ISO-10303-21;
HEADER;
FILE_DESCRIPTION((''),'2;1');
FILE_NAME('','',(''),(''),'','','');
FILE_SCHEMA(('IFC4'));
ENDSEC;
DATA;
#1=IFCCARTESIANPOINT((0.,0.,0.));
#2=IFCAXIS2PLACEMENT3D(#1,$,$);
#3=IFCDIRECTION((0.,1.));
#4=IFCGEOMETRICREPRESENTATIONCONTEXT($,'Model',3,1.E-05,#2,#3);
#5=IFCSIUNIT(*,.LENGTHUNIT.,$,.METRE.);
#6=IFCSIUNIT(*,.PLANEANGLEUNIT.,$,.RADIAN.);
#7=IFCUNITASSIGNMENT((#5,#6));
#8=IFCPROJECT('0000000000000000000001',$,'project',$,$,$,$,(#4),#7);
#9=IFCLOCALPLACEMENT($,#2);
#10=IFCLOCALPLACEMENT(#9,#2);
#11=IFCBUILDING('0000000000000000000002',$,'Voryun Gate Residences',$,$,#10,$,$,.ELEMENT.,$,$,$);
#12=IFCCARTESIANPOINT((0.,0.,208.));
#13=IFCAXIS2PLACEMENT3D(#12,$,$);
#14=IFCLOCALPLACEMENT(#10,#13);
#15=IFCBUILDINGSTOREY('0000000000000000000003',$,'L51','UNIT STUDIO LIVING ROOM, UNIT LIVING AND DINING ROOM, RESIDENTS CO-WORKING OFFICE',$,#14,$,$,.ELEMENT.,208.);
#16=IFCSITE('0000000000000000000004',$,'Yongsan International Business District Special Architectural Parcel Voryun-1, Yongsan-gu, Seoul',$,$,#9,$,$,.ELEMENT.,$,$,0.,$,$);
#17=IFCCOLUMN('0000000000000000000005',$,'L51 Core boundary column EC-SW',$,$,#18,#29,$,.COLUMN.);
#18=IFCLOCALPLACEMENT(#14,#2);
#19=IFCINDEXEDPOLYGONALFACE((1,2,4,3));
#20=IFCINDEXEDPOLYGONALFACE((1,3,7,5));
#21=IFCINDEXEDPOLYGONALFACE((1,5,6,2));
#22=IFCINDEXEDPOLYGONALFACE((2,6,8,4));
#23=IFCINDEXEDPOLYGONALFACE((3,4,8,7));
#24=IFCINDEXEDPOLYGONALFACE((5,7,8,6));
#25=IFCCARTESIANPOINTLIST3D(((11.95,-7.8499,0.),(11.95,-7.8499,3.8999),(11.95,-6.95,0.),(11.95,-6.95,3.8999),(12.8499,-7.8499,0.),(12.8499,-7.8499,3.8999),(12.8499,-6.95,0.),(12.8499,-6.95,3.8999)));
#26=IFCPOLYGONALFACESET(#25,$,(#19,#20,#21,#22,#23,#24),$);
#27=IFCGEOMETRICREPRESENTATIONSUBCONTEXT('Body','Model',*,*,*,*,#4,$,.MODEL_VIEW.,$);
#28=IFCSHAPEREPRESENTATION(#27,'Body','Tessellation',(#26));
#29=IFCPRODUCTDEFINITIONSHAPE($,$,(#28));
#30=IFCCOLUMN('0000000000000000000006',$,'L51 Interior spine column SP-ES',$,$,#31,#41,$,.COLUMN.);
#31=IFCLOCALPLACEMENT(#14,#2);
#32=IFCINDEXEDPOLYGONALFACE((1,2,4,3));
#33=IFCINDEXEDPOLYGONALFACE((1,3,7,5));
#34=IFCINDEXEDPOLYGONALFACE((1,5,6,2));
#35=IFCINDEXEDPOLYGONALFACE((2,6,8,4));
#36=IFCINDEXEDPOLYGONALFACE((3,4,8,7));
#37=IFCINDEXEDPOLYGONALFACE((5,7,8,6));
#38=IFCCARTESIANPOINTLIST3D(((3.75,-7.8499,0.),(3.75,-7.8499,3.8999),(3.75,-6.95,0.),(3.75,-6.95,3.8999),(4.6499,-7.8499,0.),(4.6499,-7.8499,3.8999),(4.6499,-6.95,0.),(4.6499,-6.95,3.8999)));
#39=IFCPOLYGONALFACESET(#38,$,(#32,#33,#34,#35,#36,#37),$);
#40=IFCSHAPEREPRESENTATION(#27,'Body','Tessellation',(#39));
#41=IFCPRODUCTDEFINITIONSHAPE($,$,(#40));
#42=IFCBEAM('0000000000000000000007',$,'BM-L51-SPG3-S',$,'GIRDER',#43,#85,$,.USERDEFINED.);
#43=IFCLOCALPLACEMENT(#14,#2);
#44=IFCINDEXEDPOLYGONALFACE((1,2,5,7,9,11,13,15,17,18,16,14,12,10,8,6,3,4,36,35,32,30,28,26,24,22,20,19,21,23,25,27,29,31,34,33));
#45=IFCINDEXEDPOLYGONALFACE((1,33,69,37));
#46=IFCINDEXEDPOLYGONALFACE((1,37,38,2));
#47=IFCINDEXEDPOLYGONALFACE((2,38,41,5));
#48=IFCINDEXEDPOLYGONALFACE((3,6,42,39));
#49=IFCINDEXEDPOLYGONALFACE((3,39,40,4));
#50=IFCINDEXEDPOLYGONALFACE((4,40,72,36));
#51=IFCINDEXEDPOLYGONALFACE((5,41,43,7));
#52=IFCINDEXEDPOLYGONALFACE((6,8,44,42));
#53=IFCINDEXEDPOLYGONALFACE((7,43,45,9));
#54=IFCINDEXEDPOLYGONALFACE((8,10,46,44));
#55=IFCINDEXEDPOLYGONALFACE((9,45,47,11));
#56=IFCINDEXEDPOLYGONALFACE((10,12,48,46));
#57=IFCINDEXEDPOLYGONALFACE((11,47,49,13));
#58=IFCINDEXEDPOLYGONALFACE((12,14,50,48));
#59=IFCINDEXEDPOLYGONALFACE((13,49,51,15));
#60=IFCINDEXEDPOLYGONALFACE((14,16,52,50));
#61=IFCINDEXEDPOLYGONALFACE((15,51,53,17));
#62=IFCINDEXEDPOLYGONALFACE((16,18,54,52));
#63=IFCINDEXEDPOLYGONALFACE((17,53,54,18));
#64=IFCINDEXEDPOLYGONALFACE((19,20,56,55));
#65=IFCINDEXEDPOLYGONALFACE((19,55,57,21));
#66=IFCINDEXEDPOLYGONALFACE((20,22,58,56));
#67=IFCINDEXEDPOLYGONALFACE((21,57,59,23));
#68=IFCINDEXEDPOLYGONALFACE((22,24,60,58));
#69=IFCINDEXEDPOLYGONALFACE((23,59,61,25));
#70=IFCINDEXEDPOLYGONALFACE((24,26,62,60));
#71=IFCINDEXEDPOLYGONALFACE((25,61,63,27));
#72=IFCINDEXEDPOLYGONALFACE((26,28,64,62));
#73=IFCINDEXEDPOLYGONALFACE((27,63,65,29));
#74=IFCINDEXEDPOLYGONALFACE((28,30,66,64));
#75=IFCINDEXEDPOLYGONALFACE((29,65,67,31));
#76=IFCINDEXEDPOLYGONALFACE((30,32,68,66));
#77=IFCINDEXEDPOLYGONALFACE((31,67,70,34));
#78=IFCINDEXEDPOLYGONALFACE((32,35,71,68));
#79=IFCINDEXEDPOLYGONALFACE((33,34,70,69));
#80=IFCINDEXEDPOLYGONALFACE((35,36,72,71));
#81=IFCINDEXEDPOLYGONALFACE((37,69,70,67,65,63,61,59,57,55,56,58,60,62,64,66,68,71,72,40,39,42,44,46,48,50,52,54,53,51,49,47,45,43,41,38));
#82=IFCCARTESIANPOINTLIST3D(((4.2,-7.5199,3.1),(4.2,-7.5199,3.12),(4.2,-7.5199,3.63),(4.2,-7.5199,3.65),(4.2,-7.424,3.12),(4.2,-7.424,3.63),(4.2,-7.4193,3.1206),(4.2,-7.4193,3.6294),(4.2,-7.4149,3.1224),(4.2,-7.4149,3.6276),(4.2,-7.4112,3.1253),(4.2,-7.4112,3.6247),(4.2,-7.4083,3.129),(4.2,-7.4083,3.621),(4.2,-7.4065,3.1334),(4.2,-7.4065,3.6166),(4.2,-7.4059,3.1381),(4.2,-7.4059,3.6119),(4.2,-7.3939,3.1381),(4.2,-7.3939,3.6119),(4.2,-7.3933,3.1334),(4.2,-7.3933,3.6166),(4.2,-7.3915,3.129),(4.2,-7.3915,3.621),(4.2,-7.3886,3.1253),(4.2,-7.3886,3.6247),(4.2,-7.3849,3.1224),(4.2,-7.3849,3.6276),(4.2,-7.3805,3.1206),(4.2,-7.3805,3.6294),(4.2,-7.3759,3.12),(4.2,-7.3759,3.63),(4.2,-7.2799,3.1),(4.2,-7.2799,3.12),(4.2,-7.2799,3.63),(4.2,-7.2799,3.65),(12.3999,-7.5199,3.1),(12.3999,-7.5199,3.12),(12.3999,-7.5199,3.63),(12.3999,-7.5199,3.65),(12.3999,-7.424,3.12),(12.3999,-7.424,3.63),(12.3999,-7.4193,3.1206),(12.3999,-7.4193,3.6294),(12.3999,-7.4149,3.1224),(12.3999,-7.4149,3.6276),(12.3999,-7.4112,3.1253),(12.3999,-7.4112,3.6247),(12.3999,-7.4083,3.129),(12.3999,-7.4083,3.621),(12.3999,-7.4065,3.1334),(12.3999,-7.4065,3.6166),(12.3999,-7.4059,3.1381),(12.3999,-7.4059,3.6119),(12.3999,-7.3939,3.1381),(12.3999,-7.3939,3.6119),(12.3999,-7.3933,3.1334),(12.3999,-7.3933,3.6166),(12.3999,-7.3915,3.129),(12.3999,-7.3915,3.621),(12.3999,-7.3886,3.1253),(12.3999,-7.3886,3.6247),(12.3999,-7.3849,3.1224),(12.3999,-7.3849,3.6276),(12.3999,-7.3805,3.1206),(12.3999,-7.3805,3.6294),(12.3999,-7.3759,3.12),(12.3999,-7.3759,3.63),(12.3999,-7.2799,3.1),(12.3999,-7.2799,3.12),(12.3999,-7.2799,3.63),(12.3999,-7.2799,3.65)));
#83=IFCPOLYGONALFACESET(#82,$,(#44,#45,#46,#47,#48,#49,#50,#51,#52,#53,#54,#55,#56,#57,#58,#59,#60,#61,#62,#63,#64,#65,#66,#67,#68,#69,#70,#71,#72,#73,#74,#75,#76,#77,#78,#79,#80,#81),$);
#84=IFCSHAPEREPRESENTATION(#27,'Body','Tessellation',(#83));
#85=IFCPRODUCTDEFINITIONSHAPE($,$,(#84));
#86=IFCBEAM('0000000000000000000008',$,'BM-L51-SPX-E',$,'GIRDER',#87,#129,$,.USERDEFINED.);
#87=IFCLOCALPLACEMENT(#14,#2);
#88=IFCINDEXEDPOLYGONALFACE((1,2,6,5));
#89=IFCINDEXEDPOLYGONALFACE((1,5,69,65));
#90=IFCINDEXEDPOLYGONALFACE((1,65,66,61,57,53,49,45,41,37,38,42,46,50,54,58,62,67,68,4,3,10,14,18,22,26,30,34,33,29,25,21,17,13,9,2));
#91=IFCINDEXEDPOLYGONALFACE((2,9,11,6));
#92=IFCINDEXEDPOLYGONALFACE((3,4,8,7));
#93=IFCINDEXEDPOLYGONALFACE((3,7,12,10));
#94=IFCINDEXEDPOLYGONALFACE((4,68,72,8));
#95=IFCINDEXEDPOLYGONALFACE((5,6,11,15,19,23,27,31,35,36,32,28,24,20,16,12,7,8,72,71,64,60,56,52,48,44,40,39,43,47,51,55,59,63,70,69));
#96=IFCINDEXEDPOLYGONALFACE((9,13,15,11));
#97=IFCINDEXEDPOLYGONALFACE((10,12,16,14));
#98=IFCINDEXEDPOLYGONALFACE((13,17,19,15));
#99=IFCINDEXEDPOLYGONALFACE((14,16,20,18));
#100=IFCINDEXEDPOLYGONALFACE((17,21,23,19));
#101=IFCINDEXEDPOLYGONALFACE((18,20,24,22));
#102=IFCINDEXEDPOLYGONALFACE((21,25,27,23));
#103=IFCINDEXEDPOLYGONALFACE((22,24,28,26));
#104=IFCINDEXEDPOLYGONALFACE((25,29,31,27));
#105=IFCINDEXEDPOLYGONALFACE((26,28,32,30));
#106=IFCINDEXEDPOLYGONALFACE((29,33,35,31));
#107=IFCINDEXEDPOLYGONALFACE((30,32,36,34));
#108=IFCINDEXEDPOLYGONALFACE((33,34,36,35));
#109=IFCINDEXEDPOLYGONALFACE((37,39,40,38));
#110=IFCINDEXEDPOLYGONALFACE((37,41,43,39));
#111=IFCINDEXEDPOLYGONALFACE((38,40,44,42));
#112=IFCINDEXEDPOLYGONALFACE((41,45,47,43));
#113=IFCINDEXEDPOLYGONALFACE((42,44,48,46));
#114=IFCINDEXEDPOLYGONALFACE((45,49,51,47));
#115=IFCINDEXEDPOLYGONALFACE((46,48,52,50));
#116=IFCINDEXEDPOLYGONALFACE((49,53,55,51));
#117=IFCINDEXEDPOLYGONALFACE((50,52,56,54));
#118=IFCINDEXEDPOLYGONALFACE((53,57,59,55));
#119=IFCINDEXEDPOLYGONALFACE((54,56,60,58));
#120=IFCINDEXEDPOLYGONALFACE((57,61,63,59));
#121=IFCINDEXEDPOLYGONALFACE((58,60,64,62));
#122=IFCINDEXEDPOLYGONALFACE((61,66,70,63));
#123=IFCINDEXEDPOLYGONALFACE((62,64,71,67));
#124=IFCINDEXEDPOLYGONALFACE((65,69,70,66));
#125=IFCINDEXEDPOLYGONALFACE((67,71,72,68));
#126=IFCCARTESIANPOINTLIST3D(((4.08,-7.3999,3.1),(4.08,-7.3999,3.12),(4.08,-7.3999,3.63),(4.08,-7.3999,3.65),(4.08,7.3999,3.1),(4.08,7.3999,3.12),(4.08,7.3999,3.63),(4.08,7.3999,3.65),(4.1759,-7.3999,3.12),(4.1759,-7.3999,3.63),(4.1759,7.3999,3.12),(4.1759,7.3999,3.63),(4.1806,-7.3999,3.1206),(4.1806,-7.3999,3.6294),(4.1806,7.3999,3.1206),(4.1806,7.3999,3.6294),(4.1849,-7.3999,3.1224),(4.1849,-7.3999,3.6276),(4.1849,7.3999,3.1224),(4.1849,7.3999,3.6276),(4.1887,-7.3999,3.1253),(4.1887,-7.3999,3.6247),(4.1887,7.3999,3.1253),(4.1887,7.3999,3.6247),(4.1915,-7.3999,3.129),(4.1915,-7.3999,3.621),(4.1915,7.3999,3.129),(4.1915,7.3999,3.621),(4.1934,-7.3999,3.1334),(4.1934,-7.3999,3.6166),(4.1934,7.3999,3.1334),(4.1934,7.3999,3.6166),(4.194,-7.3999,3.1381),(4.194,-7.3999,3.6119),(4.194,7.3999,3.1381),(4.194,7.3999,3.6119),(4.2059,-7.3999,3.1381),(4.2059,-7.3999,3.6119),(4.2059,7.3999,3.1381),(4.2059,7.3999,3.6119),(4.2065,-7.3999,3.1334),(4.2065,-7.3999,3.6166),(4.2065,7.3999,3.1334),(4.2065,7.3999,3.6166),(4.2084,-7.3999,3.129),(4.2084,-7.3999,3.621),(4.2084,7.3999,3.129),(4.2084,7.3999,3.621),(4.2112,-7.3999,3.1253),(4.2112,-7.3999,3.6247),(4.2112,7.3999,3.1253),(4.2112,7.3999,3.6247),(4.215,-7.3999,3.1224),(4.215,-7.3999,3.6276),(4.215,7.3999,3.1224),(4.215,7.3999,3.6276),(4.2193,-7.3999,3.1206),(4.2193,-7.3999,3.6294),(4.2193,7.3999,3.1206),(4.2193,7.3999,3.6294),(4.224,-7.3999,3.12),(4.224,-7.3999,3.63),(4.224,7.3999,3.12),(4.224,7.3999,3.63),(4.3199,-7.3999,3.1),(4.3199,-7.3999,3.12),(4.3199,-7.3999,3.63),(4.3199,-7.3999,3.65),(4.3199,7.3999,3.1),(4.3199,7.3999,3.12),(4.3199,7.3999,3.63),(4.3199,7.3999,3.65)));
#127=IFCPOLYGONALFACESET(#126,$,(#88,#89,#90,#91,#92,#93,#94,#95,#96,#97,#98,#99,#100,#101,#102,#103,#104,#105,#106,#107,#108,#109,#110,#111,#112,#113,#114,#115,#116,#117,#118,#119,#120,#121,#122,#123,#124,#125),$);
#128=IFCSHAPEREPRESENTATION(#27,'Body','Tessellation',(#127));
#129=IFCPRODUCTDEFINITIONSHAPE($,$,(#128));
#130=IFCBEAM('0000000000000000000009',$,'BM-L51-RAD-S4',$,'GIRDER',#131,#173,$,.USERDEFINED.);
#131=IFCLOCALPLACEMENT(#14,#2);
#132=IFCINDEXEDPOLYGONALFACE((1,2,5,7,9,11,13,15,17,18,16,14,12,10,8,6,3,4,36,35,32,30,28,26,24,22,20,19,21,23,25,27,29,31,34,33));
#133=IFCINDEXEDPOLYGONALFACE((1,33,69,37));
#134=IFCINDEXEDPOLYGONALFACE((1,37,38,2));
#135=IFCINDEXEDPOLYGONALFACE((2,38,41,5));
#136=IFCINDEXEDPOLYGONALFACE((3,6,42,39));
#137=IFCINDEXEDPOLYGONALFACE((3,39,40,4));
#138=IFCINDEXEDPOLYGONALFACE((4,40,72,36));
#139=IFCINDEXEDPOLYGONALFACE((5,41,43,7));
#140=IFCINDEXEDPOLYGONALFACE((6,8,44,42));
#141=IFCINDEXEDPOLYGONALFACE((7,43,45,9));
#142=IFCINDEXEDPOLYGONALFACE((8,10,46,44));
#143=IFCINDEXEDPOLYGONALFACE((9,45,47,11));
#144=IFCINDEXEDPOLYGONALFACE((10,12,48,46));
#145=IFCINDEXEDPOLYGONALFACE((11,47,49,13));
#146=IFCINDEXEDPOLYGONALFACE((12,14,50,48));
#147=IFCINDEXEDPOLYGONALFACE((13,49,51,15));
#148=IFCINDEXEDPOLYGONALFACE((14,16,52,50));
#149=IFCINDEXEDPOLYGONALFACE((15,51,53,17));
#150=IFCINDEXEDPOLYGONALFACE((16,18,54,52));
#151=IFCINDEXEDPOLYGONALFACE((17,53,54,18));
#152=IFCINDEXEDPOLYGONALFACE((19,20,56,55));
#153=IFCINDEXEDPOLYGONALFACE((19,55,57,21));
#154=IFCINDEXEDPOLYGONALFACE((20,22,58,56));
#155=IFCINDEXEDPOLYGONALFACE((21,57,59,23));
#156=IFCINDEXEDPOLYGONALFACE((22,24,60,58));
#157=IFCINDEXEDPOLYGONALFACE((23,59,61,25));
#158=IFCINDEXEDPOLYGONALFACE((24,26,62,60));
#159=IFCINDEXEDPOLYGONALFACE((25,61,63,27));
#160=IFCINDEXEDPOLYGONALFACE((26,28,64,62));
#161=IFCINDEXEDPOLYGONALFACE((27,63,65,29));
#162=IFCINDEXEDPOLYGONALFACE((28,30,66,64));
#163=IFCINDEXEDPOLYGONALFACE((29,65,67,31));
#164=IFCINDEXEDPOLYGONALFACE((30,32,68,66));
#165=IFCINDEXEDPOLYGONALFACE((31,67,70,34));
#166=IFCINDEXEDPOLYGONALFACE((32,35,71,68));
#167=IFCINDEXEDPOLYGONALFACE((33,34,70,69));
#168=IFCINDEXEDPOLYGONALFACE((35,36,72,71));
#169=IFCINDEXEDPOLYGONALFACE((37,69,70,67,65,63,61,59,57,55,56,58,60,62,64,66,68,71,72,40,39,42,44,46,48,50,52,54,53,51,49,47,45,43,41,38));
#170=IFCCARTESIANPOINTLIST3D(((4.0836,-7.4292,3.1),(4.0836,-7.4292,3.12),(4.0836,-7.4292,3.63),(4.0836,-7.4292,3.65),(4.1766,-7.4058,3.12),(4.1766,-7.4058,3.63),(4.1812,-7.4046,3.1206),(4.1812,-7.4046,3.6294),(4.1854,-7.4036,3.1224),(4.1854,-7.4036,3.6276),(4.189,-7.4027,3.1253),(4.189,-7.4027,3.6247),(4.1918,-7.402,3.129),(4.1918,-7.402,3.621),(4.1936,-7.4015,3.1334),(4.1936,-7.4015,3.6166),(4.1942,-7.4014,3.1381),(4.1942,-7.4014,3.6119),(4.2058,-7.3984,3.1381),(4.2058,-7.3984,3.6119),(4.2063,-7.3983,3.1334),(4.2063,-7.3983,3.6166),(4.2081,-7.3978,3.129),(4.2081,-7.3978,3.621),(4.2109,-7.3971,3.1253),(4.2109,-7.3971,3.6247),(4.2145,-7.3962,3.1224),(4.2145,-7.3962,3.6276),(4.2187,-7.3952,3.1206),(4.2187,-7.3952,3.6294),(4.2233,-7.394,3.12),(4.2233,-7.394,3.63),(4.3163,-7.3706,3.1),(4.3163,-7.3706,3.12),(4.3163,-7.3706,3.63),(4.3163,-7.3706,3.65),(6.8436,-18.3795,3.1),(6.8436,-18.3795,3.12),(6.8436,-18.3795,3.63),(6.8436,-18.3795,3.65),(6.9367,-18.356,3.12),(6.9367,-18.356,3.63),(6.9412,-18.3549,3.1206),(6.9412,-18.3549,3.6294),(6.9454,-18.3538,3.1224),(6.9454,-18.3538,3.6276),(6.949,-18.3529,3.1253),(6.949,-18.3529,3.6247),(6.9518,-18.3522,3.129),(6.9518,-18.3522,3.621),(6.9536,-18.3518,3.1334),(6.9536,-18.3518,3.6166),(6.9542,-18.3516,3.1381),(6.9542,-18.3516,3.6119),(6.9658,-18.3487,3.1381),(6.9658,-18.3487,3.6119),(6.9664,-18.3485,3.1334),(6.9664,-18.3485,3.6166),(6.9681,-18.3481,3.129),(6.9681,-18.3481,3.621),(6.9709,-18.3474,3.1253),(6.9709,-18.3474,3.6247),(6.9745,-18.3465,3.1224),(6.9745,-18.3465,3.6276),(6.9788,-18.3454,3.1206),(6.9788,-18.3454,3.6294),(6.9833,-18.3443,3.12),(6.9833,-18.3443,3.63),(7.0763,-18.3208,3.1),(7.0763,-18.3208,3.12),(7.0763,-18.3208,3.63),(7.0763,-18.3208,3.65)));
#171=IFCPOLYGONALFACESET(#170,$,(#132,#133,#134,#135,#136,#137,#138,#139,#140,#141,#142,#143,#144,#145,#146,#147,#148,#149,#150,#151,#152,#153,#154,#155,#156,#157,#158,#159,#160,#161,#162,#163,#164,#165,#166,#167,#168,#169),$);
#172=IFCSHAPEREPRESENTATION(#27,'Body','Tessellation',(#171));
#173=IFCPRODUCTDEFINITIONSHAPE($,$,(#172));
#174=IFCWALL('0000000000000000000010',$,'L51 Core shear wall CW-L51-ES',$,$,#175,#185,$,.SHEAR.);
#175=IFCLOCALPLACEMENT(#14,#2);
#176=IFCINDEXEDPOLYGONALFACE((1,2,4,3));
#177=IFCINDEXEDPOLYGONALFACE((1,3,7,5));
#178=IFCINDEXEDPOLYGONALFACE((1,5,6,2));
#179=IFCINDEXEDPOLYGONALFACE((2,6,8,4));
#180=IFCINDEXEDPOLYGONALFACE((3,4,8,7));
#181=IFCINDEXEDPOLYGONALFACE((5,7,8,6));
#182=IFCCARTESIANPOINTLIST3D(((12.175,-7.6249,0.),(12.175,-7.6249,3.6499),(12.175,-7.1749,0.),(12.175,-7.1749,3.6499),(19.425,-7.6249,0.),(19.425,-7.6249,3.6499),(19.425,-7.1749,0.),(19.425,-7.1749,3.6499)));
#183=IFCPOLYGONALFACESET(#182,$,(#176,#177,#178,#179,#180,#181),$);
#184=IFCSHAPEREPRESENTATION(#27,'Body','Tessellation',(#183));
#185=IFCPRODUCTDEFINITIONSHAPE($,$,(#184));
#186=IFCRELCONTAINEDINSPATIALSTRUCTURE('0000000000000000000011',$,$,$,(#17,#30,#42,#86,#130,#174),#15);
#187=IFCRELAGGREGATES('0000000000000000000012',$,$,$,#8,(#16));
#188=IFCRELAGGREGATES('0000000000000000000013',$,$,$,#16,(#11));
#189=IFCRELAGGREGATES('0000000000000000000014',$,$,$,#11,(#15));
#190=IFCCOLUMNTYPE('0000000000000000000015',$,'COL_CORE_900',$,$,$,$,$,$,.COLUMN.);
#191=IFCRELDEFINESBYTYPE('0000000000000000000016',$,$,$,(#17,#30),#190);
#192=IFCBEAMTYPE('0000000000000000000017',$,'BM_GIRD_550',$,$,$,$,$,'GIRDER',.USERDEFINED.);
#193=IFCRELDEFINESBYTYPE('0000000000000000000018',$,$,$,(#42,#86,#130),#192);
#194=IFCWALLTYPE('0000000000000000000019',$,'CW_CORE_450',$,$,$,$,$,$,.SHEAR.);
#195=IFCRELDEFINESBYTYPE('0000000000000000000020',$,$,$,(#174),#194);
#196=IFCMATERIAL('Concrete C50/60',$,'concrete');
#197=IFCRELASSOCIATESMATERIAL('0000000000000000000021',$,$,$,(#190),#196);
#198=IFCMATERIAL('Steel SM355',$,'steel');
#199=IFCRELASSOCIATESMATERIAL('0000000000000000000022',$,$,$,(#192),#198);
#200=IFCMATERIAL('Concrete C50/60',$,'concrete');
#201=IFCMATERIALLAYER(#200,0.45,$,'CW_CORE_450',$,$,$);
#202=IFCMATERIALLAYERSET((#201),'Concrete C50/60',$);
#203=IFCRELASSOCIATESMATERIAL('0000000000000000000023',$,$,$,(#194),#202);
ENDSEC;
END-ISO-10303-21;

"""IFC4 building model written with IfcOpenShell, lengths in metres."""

from ifc_helpers import new_model, si_unit, direction, frame, frame_2d, origin, origin_2d, place, context, subcontext, project, spatial, rectangle, i_section, extrude, material, layer, layer_set, material_profile, profile_set, type_object, element, save


model = new_model("IFC4")

# Units and contexts
model_context = context("Model", 3, precision=1e-05, world=origin(), true_north=direction((0.0, 1.0)))
body_context = subcontext(model_context, "Body", "Model", "MODEL_VIEW")
ifc_project = project(units=[si_unit("LENGTHUNIT", "METRE"), si_unit("PLANEANGLEUNIT", "RADIAN")], contexts=[model_context])

# Site, building, storey
site_placement = place(None, origin())
site = spatial("IfcSite", under=ifc_project, at=site_placement, Name="Yongsan International Business District Special Architectural Parcel Voryun-1, Yongsan-gu, Seoul", CompositionType="ELEMENT", RefElevation=0.0)
building_placement = place(site_placement, origin())
building = spatial("IfcBuilding", under=site, at=building_placement, Name="Voryun Gate Residences", CompositionType="ELEMENT")
storey_placement = place(building_placement, frame((0.0, 0.0, 208.0)))
storey = spatial("IfcBuildingStorey", under=building, at=storey_placement, Name="L51", Description="UNIT STUDIO LIVING ROOM, UNIT LIVING AND DINING ROOM, RESIDENTS CO-WORKING OFFICE", CompositionType="ELEMENT", Elevation=208.0)

# Columns
ifc_material_1 = material(Name="Concrete C50/60", Category="concrete")
ifc_material_profile_1 = material_profile(ifc_material_1, rectangle(XDim=0.8999, YDim=0.8999, at=origin_2d()), Name="RC-900x900")
ifc_profile_set_1 = profile_set([ifc_material_profile_1], Name="Concrete C50/60")
column_type = type_object("IfcColumnType", Name="COL_CORE_900", PredefinedType="COLUMN", material=ifc_profile_set_1)
for number, where, z_axis, x_axis, name in (
    (1, (12.3999, -7.3999, 0.0), (0.0, 0.0, 1.0), (1.0, 0.0, 0.0), "L51 Core boundary column EC-SW"),
    (2, (4.2, -7.3999, 0.0), (0.0, 0.0, 1.0), (1.0, 0.0, 0.0), "L51 Interior spine column SP-ES"),
):
    element("IfcColumn", number, at=place(storey_placement, frame(where, z_axis=z_axis, x_axis=x_axis)), inside=storey, type_object=column_type, Name=name, PredefinedType="COLUMN", context=body_context, shape_type="SweptSolid", body=[
        extrude(rectangle(XDim=0.8999, YDim=0.8999, at=origin_2d()), origin(), (0.0, 0.0, 1.0), 3.8999),
    ])

# Beams
ifc_material_2 = material(Name="Steel SM355", Category="steel")
ifc_material_profile_2 = material_profile(ifc_material_2, i_section(OverallWidth=0.24, OverallDepth=0.55, WebThickness=0.012, FlangeThickness=0.02, FilletRadius=0.0181, at=origin_2d()), Name="H-550x240x12x20")
ifc_profile_set_2 = profile_set([ifc_material_profile_2], Name="Steel SM355")
beam_type = type_object("IfcBeamType", Name="BM_GIRD_550", ElementType="GIRDER", PredefinedType="USERDEFINED", material=ifc_profile_set_2)
beam_1_placement = place(storey_placement, frame((4.2, -7.3999, 3.375), z_axis=(1.0, 0.0, 0.0), x_axis=(0.0, 1.0, 0.0)))
element("IfcBeam", 3, at=beam_1_placement, inside=storey, type_object=beam_type, Name="BM-L51-SPG3-S", ObjectType="GIRDER", PredefinedType="USERDEFINED", context=body_context, shape_type="SweptSolid", body=[
    extrude(i_section(OverallWidth=0.24, OverallDepth=0.55, WebThickness=0.012, FlangeThickness=0.02, FilletRadius=0.0181, at=origin_2d()), origin(), (0.0, 0.0, 1.0), 8.2),
])
beam_2_placement = place(storey_placement, frame((4.2, -7.3999, 3.375), z_axis=(0.0, 1.0, 0.0), x_axis=(-1.0, 0.0, 0.0)))
element("IfcBeam", 4, at=beam_2_placement, inside=storey, type_object=beam_type, Name="BM-L51-SPX-E", ObjectType="GIRDER", PredefinedType="USERDEFINED", context=body_context, shape_type="SweptSolid", body=[
    extrude(i_section(OverallWidth=0.24, OverallDepth=0.55, WebThickness=0.012, FlangeThickness=0.02, FilletRadius=0.0181, at=origin_2d()), origin(), (0.0, 0.0, 1.0), 14.7998),
])
beam_3_placement = place(storey_placement, frame((4.2, -7.3999, 3.375), z_axis=(0.244407, -0.969673, 0.0), x_axis=(0.969673, 0.244407, 0.0)))
element("IfcBeam", 5, at=beam_3_placement, inside=storey, type_object=beam_type, Name="BM-L51-RAD-S4", ObjectType="GIRDER", PredefinedType="USERDEFINED", context=body_context, shape_type="SweptSolid", body=[
    extrude(i_section(OverallWidth=0.24, OverallDepth=0.55, WebThickness=0.012, FlangeThickness=0.02, FilletRadius=0.0181, at=origin_2d()), origin(), (0.0, 0.0, 1.0), 11.2927),
])

# Wall
ifc_material_3 = material(Name="Concrete C50/60", Category="concrete")
ifc_layer_1 = layer(ifc_material_3, 0.45, Name="CW_CORE_450")
ifc_layer_set_1 = layer_set([ifc_layer_1], Name="Concrete C50/60")
wall_type_1 = type_object("IfcWallType", Name="CW_CORE_450", PredefinedType="SHEAR", material=ifc_layer_set_1)
wall_1_placement = place(storey_placement, frame((12.175, -7.3999, 0.0), z_axis=(0.0, 0.0, 1.0), x_axis=(1.0, 0.0, 0.0)))
element("IfcWall", 6, at=wall_1_placement, inside=storey, type_object=wall_type_1, Name="L51 Core shear wall CW-L51-ES", PredefinedType="SHEAR", context=body_context, shape_type="SweptSolid", body=[
    extrude(rectangle(XDim=7.25, YDim=0.45, at=frame_2d((3.625, 0.0))), origin(), (0.0, 0.0, 1.0), 3.6499),
])

save(model, "model.ifc")
